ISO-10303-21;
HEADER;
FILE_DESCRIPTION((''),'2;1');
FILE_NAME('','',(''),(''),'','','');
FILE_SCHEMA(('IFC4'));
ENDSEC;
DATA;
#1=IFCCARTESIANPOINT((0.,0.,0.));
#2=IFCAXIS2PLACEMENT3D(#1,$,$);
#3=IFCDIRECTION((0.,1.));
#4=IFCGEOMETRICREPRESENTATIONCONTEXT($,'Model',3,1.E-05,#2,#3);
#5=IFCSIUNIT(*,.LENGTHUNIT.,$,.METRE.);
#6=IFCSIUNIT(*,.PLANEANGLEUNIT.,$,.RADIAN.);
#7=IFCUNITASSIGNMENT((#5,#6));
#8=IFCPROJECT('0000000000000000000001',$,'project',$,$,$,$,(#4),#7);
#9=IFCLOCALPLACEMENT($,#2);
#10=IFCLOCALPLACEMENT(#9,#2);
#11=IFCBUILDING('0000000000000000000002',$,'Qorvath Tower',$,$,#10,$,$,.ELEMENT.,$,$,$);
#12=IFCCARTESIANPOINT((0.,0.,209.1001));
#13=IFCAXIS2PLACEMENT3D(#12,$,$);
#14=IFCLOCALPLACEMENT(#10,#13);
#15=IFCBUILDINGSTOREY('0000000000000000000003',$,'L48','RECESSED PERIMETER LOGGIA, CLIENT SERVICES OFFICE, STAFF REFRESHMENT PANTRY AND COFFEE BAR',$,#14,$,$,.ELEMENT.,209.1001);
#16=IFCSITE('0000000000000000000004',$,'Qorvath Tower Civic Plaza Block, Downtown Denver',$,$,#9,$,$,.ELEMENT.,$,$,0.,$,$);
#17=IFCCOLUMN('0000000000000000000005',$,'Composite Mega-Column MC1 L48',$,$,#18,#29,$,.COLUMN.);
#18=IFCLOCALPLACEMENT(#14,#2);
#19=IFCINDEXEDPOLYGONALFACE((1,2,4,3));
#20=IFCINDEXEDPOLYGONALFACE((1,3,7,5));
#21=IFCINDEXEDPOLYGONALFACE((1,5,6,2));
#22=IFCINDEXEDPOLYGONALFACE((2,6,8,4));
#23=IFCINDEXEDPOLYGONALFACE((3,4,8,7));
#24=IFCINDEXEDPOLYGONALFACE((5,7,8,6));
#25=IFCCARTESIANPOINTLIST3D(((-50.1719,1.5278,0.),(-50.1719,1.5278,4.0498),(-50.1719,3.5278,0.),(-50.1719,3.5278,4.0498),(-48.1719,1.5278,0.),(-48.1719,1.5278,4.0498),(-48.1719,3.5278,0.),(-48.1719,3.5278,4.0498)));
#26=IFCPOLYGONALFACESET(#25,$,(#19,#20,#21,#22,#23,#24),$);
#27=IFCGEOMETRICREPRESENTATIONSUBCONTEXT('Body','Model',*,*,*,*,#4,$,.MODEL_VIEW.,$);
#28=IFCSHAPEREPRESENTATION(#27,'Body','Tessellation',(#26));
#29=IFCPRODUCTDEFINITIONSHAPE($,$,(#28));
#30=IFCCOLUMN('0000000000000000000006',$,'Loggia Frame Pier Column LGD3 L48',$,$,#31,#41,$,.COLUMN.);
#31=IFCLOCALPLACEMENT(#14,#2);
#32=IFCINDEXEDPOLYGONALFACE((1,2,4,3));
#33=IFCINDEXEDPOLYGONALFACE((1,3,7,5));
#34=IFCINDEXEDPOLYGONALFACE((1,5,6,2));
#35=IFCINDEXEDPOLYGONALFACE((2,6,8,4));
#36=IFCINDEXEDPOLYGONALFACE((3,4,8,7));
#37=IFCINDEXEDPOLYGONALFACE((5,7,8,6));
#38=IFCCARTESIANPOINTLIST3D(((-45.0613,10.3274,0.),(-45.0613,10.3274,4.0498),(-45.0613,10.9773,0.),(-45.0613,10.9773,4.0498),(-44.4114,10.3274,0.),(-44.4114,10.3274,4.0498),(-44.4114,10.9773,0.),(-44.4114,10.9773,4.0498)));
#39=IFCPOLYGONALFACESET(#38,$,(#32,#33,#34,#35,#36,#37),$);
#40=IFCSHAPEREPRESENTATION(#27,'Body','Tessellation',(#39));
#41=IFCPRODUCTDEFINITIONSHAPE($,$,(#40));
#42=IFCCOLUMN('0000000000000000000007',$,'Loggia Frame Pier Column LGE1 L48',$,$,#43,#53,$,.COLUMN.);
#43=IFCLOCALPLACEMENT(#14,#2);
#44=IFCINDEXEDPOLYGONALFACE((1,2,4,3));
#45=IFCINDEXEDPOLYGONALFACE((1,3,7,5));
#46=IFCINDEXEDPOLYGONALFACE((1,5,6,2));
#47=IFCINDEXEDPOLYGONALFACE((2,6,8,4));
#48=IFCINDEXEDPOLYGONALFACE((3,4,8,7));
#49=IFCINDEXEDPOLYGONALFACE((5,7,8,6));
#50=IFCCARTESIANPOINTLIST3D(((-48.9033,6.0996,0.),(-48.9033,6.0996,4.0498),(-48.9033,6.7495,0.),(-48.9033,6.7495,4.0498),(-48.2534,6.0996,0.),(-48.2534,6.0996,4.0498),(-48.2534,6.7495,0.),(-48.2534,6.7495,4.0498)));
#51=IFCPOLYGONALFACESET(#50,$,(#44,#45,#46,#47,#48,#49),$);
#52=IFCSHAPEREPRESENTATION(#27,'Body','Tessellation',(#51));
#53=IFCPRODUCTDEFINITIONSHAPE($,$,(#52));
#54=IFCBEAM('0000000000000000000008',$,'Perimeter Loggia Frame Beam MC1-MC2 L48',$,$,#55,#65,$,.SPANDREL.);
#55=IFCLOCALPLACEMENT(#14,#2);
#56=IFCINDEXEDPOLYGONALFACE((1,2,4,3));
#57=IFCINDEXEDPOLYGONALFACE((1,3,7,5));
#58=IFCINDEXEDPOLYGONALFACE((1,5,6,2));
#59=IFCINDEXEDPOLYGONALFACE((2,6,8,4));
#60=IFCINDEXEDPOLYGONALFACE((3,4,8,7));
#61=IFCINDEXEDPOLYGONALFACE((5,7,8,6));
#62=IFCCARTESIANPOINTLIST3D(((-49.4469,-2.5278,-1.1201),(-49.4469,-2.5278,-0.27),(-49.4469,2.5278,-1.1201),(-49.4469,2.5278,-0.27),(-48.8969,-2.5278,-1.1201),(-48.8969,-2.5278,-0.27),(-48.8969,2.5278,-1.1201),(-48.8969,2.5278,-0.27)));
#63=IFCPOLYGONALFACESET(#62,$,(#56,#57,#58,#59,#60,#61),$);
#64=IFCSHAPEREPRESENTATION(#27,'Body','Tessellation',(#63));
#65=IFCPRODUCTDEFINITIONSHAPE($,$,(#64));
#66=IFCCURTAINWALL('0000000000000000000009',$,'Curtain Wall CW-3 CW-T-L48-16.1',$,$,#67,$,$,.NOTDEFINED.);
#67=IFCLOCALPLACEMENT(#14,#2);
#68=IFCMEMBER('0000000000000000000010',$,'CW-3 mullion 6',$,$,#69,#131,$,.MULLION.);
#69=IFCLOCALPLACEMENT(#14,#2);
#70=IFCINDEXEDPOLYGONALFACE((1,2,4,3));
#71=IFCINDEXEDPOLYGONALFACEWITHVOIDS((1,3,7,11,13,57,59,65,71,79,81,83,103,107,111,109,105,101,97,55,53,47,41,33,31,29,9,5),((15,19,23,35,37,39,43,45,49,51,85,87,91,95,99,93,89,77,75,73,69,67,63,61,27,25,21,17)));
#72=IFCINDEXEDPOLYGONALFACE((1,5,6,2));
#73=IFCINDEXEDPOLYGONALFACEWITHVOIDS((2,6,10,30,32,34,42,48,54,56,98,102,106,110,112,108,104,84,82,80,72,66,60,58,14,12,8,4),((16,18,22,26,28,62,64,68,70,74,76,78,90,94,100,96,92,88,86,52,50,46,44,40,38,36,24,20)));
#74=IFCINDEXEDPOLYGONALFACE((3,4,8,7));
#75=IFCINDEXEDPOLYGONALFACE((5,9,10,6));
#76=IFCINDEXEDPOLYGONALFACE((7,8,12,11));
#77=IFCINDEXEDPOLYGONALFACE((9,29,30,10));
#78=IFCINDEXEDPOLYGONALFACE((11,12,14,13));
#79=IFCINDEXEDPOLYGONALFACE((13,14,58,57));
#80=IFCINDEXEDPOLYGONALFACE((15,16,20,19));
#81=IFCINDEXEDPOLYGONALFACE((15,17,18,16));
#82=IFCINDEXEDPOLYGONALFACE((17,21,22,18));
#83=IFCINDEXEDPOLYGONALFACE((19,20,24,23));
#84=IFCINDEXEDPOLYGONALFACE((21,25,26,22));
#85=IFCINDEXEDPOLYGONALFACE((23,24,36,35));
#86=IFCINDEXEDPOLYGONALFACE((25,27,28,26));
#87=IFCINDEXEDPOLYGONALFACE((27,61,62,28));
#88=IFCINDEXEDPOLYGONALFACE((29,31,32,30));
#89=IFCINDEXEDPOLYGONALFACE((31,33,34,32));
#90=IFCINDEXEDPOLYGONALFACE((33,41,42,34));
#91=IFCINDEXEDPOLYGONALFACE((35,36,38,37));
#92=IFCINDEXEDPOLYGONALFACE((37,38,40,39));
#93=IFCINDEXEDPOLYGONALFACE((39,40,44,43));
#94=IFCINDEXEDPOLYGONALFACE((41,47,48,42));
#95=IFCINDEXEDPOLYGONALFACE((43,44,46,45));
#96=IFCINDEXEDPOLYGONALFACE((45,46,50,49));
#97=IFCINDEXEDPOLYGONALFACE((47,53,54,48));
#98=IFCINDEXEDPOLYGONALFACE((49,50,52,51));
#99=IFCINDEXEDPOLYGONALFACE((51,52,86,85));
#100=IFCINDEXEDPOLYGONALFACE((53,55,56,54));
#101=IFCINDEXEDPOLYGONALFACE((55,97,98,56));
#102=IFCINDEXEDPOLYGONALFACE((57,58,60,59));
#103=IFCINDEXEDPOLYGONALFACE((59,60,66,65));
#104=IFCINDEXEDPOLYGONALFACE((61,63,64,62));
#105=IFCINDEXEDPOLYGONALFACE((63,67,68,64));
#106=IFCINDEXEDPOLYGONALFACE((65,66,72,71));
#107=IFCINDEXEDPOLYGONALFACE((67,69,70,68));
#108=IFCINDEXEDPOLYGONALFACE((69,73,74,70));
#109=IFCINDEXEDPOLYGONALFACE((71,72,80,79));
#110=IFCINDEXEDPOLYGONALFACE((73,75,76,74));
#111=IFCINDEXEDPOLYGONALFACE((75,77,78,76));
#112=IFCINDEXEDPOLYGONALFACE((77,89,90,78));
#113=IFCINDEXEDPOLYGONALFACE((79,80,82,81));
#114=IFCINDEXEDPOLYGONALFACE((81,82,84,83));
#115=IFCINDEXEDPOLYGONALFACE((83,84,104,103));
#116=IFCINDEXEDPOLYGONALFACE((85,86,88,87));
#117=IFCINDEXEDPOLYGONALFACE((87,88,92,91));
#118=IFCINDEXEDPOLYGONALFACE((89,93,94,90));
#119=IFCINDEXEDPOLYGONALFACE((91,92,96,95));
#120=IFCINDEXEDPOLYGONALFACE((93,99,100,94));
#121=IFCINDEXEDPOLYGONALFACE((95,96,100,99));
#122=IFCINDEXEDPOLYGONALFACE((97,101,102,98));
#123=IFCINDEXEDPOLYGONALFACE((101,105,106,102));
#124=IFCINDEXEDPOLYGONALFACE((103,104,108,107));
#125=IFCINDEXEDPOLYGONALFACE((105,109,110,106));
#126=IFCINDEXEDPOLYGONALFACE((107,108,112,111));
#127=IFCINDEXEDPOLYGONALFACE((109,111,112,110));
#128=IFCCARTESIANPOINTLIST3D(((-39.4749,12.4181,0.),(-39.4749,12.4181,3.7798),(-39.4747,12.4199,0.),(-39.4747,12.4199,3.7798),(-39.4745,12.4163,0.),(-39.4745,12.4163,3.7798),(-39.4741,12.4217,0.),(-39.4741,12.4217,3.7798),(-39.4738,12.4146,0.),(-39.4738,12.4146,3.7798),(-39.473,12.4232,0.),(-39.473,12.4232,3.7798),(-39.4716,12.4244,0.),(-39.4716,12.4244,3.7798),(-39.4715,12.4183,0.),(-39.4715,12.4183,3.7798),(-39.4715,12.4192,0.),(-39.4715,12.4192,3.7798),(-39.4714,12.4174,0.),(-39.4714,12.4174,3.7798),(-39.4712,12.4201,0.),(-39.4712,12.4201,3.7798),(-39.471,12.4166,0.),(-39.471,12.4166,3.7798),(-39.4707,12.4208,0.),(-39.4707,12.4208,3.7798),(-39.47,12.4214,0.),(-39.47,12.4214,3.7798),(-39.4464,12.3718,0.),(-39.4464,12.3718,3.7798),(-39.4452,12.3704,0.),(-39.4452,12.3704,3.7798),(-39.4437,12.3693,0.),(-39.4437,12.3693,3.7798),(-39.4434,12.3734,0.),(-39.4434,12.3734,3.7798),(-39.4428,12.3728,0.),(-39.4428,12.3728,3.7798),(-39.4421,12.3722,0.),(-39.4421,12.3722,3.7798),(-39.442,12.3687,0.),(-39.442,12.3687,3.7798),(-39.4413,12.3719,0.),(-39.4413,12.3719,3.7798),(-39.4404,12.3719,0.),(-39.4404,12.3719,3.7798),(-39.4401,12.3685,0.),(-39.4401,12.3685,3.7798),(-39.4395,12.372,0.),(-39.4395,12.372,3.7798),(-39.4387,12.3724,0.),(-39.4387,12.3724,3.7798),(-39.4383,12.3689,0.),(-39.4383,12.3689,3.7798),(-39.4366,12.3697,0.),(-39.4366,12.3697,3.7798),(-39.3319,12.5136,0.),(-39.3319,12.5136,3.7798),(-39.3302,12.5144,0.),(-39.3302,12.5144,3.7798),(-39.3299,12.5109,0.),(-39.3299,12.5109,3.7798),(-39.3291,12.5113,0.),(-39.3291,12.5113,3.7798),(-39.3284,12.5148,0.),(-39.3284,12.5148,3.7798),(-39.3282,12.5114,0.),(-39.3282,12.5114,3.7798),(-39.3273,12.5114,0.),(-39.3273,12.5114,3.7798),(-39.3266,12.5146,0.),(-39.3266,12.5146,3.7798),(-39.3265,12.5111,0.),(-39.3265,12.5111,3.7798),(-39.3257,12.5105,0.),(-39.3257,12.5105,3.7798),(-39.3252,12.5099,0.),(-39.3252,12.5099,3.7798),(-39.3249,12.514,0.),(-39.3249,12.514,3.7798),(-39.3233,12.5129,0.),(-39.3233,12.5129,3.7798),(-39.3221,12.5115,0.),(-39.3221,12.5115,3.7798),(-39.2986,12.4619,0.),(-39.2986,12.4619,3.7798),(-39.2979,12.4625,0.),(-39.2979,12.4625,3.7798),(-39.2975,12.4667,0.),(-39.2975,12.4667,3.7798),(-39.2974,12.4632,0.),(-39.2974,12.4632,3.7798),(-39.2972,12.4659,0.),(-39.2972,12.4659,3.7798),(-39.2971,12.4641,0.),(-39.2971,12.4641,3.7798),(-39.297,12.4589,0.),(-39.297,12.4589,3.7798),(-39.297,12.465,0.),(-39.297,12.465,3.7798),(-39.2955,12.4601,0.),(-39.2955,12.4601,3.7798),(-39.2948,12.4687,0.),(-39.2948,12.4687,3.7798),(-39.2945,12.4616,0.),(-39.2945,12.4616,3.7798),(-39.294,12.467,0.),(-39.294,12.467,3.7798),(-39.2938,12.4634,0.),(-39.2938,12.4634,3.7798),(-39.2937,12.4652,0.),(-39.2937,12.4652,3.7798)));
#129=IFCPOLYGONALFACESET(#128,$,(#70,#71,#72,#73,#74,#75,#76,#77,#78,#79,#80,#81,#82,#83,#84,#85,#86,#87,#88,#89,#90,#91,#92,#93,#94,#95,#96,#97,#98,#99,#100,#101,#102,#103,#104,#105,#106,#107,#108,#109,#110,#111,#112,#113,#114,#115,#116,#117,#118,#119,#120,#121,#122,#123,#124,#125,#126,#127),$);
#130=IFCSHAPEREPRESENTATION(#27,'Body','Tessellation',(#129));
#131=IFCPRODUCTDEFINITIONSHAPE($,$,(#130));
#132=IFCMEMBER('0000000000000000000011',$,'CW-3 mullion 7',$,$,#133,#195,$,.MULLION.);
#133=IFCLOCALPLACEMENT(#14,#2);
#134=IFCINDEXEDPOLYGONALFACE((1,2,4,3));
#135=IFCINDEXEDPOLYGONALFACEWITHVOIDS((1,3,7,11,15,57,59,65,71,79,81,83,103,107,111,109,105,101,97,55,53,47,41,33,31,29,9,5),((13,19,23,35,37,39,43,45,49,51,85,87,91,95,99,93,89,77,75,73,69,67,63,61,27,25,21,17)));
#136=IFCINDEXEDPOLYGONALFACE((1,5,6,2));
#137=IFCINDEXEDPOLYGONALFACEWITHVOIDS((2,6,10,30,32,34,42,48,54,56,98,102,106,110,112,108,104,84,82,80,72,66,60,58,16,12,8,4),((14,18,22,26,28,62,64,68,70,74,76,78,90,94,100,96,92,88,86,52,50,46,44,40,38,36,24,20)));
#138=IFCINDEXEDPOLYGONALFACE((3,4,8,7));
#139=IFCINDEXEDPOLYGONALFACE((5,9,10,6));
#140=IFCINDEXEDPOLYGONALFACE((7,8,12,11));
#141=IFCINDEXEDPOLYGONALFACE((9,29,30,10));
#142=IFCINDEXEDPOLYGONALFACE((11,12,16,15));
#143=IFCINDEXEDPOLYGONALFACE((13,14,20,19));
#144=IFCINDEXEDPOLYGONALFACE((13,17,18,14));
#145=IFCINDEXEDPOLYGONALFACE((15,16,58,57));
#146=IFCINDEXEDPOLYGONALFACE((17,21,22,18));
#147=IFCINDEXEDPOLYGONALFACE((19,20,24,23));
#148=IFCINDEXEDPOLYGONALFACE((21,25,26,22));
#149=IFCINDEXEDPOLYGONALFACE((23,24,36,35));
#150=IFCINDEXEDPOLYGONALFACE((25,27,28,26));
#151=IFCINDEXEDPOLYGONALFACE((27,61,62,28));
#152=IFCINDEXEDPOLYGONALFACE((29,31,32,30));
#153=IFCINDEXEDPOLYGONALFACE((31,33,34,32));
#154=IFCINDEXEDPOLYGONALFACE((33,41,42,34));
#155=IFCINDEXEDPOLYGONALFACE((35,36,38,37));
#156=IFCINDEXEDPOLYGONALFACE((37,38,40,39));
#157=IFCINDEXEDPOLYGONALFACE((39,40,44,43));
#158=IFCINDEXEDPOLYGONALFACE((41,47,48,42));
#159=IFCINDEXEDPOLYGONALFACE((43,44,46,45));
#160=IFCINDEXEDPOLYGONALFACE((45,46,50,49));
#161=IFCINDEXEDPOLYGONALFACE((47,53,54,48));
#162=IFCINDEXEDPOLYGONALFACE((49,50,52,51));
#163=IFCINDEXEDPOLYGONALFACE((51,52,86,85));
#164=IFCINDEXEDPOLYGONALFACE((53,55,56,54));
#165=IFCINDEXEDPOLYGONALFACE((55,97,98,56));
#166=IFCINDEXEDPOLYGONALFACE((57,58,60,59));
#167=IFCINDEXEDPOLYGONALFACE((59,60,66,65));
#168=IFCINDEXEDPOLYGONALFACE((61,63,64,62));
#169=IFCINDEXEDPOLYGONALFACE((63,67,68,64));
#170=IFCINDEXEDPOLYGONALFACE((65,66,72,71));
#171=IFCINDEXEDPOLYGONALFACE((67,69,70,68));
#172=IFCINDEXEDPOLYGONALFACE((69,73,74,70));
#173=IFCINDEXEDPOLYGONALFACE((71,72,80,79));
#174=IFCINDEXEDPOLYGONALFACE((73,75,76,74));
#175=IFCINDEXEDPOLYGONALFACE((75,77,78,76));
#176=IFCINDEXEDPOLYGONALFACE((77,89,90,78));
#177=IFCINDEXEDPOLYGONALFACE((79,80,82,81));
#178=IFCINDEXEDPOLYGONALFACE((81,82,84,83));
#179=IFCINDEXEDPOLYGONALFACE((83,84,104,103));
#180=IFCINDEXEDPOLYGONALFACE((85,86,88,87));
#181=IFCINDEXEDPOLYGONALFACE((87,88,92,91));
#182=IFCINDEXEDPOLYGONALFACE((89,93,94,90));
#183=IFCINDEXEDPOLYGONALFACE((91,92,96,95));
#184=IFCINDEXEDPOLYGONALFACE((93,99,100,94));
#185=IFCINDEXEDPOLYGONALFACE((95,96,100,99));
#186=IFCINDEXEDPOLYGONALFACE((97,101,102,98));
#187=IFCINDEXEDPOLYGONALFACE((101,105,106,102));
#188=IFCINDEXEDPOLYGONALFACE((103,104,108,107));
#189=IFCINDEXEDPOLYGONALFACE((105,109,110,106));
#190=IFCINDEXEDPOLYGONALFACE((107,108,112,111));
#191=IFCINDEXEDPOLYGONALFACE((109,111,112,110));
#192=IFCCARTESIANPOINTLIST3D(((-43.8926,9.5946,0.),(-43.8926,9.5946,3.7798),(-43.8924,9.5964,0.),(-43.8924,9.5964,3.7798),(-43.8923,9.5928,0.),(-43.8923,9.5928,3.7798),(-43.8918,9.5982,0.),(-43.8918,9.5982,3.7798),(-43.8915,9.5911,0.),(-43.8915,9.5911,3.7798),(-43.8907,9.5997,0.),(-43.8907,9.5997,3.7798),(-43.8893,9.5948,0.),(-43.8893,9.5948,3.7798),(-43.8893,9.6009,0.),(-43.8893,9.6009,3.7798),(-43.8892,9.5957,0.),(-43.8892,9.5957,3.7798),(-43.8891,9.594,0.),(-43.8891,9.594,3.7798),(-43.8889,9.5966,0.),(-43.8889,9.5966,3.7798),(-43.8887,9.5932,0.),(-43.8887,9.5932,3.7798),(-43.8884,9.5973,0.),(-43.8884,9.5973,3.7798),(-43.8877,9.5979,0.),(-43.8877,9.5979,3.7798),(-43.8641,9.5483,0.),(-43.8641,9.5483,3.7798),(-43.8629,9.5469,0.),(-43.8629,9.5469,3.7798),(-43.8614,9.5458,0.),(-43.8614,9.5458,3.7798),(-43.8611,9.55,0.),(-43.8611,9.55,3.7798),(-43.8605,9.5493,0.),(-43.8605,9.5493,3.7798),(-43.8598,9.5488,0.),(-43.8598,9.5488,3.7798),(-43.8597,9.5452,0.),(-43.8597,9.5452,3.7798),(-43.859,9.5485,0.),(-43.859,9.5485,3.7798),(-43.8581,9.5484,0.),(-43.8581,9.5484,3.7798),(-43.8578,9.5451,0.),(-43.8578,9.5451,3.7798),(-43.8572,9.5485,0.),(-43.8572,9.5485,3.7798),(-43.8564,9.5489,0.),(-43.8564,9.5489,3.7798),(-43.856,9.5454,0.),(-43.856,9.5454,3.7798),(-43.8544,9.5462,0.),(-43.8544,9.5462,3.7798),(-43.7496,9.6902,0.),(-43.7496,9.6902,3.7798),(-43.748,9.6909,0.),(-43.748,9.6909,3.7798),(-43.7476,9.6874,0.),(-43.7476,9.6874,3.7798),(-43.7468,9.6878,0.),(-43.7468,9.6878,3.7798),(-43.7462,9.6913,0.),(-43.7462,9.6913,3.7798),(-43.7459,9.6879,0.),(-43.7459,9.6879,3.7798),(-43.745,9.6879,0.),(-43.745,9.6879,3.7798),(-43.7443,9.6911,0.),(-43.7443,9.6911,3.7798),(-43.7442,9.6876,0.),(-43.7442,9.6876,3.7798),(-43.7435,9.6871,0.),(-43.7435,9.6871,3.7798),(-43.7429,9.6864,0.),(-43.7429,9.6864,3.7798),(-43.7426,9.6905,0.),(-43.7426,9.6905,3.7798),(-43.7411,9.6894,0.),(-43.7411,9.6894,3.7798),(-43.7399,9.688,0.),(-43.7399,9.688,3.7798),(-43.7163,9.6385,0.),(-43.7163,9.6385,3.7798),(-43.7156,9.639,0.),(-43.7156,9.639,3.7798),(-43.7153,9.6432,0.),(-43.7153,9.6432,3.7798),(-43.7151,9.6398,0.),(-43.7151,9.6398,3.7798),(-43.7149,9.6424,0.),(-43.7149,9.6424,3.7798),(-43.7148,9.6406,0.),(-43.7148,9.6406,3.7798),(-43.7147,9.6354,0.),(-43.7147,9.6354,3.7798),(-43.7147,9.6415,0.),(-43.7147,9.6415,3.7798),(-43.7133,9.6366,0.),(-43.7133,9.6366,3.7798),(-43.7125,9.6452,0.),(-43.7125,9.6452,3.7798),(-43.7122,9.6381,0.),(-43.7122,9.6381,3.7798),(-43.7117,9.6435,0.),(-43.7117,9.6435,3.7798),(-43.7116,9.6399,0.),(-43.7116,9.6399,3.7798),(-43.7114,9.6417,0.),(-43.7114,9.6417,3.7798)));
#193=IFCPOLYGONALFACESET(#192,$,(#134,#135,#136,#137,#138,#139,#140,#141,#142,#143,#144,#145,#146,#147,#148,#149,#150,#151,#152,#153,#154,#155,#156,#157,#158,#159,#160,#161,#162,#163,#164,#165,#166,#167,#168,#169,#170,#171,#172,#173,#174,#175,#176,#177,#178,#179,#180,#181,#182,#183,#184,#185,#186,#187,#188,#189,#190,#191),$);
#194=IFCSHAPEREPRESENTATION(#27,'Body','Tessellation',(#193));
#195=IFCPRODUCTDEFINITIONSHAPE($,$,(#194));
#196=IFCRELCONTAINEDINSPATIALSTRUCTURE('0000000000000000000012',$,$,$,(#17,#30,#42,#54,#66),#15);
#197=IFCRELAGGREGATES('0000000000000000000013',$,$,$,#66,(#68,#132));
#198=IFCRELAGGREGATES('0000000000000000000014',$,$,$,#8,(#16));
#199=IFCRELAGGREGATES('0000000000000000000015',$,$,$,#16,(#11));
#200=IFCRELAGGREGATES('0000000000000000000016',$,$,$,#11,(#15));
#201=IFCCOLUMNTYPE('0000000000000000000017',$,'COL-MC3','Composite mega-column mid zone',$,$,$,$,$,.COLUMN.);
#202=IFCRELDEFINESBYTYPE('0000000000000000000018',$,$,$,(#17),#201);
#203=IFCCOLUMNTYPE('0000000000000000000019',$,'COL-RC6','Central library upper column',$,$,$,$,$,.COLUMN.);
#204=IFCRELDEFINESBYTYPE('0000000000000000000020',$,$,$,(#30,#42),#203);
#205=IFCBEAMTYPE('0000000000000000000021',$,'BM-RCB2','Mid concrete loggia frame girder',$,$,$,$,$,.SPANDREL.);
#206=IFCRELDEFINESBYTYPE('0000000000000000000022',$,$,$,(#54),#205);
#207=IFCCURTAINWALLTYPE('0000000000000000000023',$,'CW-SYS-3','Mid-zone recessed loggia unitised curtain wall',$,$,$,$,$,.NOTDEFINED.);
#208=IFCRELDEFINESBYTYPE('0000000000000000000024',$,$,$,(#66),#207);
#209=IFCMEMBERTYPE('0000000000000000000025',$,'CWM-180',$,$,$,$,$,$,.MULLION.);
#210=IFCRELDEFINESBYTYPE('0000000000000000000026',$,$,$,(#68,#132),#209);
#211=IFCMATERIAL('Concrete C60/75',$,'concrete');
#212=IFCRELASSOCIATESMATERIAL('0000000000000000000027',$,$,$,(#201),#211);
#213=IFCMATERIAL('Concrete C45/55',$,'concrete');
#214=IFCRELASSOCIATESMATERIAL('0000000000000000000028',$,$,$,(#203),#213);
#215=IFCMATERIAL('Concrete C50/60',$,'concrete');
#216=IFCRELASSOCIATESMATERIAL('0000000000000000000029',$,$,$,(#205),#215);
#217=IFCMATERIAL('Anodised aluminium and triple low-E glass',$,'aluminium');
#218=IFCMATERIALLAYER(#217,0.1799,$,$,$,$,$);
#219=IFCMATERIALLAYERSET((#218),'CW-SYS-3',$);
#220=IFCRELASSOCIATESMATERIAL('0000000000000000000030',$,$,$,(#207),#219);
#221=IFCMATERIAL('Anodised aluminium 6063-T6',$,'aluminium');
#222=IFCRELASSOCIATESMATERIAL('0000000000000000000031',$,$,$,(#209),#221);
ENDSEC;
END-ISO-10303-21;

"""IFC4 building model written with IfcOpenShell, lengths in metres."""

from ifc_helpers import new_model, si_unit, direction, frame, origin, origin_2d, place, context, subcontext, project, spatial, rectangle, hollow_rectangle, extrude, material, layer, layer_set, material_profile, profile_set, type_object, element, aggregate, save


model = new_model("IFC4")

# Units and contexts
model_context = context("Model", 3, precision=1e-05, world=origin(), true_north=direction((0.0, 1.0)))
body_context = subcontext(model_context, "Body", "Model", "MODEL_VIEW")
ifc_project = project(units=[si_unit("LENGTHUNIT", "METRE"), si_unit("PLANEANGLEUNIT", "RADIAN")], contexts=[model_context])

# Site, building, storey
site_placement = place(None, origin())
site = spatial("IfcSite", under=ifc_project, at=site_placement, Name="Qorvath Tower Civic Plaza Block, Downtown Denver", CompositionType="ELEMENT", RefElevation=0.0)
building_placement = place(site_placement, origin())
building = spatial("IfcBuilding", under=site, at=building_placement, Name="Qorvath Tower", CompositionType="ELEMENT")
storey_placement = place(building_placement, frame((0.0, 0.0, 209.1001)))
storey = spatial("IfcBuildingStorey", under=building, at=storey_placement, Name="L48", Description="RECESSED PERIMETER LOGGIA, CLIENT SERVICES OFFICE, STAFF REFRESHMENT PANTRY AND COFFEE BAR", CompositionType="ELEMENT", Elevation=209.1001)

# Columns
ifc_material_1 = material(Name="Concrete C60/75", Category="concrete")
ifc_material_profile_1 = material_profile(ifc_material_1, rectangle(XDim=2.0, YDim=2.0, at=origin_2d()), Name="MC 2000x2000")
ifc_profile_set_1 = profile_set([ifc_material_profile_1], Name="Concrete C60/75")
column_type_1 = type_object("IfcColumnType", Name="COL-MC3", Description="Composite mega-column mid zone", PredefinedType="COLUMN", material=ifc_profile_set_1)
column_placement = place(storey_placement, frame((-49.1719, 2.5278, 0.0), z_axis=(0.0, 0.0, 1.0), x_axis=(1.0, 0.0, 0.0)))
element("IfcColumn", 1, at=column_placement, inside=storey, type_object=column_type_1, Name="Composite Mega-Column MC1 L48", PredefinedType="COLUMN", context=body_context, shape_type="SweptSolid", body=[
    extrude(rectangle(XDim=2.0, YDim=2.0, at=origin_2d()), origin(), (0.0, 0.0, 1.0), 4.0498),
])
ifc_material_2 = material(Name="Concrete C45/55", Category="concrete")
ifc_material_profile_2 = material_profile(ifc_material_2, rectangle(XDim=0.6499, YDim=0.6499, at=origin_2d()), Name="RC 650x650")
ifc_profile_set_2 = profile_set([ifc_material_profile_2], Name="Concrete C45/55")
column_type_2 = type_object("IfcColumnType", Name="COL-RC6", Description="Central library upper column", PredefinedType="COLUMN", material=ifc_profile_set_2)
for number, where, z_axis, x_axis, name in (
    (2, (-44.7363, 10.6523, 0.0), (0.0, 0.0, 1.0), (1.0, 0.0, 0.0), "Loggia Frame Pier Column LGD3 L48"),
    (3, (-48.5784, 6.4246, 0.0), (0.0, 0.0, 1.0), (1.0, 0.0, 0.0), "Loggia Frame Pier Column LGE1 L48"),
):
    element("IfcColumn", number, at=place(storey_placement, frame(where, z_axis=z_axis, x_axis=x_axis)), inside=storey, type_object=column_type_2, Name=name, PredefinedType="COLUMN", context=body_context, shape_type="SweptSolid", body=[
        extrude(rectangle(XDim=0.6499, YDim=0.6499, at=origin_2d()), origin(), (0.0, 0.0, 1.0), 4.0498),
    ])

# Beam
ifc_material_3 = material(Name="Concrete C50/60", Category="concrete")
ifc_material_profile_3 = material_profile(ifc_material_3, rectangle(XDim=0.55, YDim=0.8501, at=origin_2d()), Name="RCB 850x550")
ifc_profile_set_3 = profile_set([ifc_material_profile_3], Name="Concrete C50/60")
beam_type = type_object("IfcBeamType", Name="BM-RCB2", Description="Mid concrete loggia frame girder", PredefinedType="SPANDREL", material=ifc_profile_set_3)
beam_placement = place(storey_placement, frame((-49.1719, 2.5278, -0.6951), z_axis=(0.0, -1.0, 0.0), x_axis=(1.0, 0.0, 0.0)))
element("IfcBeam", 4, at=beam_placement, inside=storey, type_object=beam_type, Name="Perimeter Loggia Frame Beam MC1-MC2 L48", PredefinedType="SPANDREL", context=body_context, shape_type="SweptSolid", body=[
    extrude(rectangle(XDim=0.55, YDim=0.8501, at=origin_2d()), origin(), (0.0, 0.0, 1.0), 5.0557),
])

# Curtain wall, members
ifc_material_4 = material(Name="Anodised aluminium and triple low-E glass", Category="aluminium")
ifc_layer_1 = layer(ifc_material_4, 0.1799)
ifc_layer_set_1 = layer_set([ifc_layer_1], Name="CW-SYS-3")
curtain_wall_type = type_object("IfcCurtainWallType", Name="CW-SYS-3", Description="Mid-zone recessed loggia unitised curtain wall", PredefinedType="NOTDEFINED", material=ifc_layer_set_1)
curtain_wall_1_placement = place(storey_placement, origin())
curtain_wall_1 = element("IfcCurtainWall", 5, at=curtain_wall_1_placement, inside=storey, type_object=curtain_wall_type, Name="Curtain Wall CW-3 CW-T-L48-16.1", PredefinedType="NOTDEFINED")
ifc_material_5 = material(Name="Anodised aluminium 6063-T6", Category="aluminium")
ifc_material_profile_4 = material_profile(ifc_material_5, hollow_rectangle(XDim=0.0649, YDim=0.1799, WallThickness=0.0034, InnerFilletRadius=0.0034, OuterFilletRadius=0.0071, at=origin_2d()), Name="CWM 180x65")
ifc_profile_set_4 = profile_set([ifc_material_profile_4], Name="Anodised aluminium 6063-T6")
member_type_1 = type_object("IfcMemberType", Name="CWM-180", PredefinedType="MULLION", material=ifc_profile_set_4)
member_1_placement = place(storey_placement, frame((-39.3843, 12.4417, 0.0), z_axis=(0.0, 0.0, 1.0), x_axis=(0.538532, -0.842605, 0.0)))
member_1 = element("IfcMember", 6, at=member_1_placement, type_object=member_type_1, Name="CW-3 mullion 6", PredefinedType="MULLION", context=body_context, shape_type="SweptSolid", body=[
    extrude(hollow_rectangle(XDim=0.0649, YDim=0.1799, WallThickness=0.0034, InnerFilletRadius=0.0034, OuterFilletRadius=0.0071, at=origin_2d()), origin(), (0.0, 0.0, 1.0), 3.7798),
])
member_2_placement = place(storey_placement, frame((-43.802, 9.6182, 0.0), z_axis=(0.0, 0.0, 1.0), x_axis=(0.538532, -0.842605, 0.0)))
member_2 = element("IfcMember", 7, at=member_2_placement, type_object=member_type_1, Name="CW-3 mullion 7", PredefinedType="MULLION", context=body_context, shape_type="SweptSolid", body=[
    extrude(hollow_rectangle(XDim=0.0649, YDim=0.1799, WallThickness=0.0034, InnerFilletRadius=0.0034, OuterFilletRadius=0.0071, at=origin_2d()), origin(), (0.0, 0.0, 1.0), 3.7798),
])

aggregate(curtain_wall_1, [member_1, member_2])

save(model, "model.ifc")
